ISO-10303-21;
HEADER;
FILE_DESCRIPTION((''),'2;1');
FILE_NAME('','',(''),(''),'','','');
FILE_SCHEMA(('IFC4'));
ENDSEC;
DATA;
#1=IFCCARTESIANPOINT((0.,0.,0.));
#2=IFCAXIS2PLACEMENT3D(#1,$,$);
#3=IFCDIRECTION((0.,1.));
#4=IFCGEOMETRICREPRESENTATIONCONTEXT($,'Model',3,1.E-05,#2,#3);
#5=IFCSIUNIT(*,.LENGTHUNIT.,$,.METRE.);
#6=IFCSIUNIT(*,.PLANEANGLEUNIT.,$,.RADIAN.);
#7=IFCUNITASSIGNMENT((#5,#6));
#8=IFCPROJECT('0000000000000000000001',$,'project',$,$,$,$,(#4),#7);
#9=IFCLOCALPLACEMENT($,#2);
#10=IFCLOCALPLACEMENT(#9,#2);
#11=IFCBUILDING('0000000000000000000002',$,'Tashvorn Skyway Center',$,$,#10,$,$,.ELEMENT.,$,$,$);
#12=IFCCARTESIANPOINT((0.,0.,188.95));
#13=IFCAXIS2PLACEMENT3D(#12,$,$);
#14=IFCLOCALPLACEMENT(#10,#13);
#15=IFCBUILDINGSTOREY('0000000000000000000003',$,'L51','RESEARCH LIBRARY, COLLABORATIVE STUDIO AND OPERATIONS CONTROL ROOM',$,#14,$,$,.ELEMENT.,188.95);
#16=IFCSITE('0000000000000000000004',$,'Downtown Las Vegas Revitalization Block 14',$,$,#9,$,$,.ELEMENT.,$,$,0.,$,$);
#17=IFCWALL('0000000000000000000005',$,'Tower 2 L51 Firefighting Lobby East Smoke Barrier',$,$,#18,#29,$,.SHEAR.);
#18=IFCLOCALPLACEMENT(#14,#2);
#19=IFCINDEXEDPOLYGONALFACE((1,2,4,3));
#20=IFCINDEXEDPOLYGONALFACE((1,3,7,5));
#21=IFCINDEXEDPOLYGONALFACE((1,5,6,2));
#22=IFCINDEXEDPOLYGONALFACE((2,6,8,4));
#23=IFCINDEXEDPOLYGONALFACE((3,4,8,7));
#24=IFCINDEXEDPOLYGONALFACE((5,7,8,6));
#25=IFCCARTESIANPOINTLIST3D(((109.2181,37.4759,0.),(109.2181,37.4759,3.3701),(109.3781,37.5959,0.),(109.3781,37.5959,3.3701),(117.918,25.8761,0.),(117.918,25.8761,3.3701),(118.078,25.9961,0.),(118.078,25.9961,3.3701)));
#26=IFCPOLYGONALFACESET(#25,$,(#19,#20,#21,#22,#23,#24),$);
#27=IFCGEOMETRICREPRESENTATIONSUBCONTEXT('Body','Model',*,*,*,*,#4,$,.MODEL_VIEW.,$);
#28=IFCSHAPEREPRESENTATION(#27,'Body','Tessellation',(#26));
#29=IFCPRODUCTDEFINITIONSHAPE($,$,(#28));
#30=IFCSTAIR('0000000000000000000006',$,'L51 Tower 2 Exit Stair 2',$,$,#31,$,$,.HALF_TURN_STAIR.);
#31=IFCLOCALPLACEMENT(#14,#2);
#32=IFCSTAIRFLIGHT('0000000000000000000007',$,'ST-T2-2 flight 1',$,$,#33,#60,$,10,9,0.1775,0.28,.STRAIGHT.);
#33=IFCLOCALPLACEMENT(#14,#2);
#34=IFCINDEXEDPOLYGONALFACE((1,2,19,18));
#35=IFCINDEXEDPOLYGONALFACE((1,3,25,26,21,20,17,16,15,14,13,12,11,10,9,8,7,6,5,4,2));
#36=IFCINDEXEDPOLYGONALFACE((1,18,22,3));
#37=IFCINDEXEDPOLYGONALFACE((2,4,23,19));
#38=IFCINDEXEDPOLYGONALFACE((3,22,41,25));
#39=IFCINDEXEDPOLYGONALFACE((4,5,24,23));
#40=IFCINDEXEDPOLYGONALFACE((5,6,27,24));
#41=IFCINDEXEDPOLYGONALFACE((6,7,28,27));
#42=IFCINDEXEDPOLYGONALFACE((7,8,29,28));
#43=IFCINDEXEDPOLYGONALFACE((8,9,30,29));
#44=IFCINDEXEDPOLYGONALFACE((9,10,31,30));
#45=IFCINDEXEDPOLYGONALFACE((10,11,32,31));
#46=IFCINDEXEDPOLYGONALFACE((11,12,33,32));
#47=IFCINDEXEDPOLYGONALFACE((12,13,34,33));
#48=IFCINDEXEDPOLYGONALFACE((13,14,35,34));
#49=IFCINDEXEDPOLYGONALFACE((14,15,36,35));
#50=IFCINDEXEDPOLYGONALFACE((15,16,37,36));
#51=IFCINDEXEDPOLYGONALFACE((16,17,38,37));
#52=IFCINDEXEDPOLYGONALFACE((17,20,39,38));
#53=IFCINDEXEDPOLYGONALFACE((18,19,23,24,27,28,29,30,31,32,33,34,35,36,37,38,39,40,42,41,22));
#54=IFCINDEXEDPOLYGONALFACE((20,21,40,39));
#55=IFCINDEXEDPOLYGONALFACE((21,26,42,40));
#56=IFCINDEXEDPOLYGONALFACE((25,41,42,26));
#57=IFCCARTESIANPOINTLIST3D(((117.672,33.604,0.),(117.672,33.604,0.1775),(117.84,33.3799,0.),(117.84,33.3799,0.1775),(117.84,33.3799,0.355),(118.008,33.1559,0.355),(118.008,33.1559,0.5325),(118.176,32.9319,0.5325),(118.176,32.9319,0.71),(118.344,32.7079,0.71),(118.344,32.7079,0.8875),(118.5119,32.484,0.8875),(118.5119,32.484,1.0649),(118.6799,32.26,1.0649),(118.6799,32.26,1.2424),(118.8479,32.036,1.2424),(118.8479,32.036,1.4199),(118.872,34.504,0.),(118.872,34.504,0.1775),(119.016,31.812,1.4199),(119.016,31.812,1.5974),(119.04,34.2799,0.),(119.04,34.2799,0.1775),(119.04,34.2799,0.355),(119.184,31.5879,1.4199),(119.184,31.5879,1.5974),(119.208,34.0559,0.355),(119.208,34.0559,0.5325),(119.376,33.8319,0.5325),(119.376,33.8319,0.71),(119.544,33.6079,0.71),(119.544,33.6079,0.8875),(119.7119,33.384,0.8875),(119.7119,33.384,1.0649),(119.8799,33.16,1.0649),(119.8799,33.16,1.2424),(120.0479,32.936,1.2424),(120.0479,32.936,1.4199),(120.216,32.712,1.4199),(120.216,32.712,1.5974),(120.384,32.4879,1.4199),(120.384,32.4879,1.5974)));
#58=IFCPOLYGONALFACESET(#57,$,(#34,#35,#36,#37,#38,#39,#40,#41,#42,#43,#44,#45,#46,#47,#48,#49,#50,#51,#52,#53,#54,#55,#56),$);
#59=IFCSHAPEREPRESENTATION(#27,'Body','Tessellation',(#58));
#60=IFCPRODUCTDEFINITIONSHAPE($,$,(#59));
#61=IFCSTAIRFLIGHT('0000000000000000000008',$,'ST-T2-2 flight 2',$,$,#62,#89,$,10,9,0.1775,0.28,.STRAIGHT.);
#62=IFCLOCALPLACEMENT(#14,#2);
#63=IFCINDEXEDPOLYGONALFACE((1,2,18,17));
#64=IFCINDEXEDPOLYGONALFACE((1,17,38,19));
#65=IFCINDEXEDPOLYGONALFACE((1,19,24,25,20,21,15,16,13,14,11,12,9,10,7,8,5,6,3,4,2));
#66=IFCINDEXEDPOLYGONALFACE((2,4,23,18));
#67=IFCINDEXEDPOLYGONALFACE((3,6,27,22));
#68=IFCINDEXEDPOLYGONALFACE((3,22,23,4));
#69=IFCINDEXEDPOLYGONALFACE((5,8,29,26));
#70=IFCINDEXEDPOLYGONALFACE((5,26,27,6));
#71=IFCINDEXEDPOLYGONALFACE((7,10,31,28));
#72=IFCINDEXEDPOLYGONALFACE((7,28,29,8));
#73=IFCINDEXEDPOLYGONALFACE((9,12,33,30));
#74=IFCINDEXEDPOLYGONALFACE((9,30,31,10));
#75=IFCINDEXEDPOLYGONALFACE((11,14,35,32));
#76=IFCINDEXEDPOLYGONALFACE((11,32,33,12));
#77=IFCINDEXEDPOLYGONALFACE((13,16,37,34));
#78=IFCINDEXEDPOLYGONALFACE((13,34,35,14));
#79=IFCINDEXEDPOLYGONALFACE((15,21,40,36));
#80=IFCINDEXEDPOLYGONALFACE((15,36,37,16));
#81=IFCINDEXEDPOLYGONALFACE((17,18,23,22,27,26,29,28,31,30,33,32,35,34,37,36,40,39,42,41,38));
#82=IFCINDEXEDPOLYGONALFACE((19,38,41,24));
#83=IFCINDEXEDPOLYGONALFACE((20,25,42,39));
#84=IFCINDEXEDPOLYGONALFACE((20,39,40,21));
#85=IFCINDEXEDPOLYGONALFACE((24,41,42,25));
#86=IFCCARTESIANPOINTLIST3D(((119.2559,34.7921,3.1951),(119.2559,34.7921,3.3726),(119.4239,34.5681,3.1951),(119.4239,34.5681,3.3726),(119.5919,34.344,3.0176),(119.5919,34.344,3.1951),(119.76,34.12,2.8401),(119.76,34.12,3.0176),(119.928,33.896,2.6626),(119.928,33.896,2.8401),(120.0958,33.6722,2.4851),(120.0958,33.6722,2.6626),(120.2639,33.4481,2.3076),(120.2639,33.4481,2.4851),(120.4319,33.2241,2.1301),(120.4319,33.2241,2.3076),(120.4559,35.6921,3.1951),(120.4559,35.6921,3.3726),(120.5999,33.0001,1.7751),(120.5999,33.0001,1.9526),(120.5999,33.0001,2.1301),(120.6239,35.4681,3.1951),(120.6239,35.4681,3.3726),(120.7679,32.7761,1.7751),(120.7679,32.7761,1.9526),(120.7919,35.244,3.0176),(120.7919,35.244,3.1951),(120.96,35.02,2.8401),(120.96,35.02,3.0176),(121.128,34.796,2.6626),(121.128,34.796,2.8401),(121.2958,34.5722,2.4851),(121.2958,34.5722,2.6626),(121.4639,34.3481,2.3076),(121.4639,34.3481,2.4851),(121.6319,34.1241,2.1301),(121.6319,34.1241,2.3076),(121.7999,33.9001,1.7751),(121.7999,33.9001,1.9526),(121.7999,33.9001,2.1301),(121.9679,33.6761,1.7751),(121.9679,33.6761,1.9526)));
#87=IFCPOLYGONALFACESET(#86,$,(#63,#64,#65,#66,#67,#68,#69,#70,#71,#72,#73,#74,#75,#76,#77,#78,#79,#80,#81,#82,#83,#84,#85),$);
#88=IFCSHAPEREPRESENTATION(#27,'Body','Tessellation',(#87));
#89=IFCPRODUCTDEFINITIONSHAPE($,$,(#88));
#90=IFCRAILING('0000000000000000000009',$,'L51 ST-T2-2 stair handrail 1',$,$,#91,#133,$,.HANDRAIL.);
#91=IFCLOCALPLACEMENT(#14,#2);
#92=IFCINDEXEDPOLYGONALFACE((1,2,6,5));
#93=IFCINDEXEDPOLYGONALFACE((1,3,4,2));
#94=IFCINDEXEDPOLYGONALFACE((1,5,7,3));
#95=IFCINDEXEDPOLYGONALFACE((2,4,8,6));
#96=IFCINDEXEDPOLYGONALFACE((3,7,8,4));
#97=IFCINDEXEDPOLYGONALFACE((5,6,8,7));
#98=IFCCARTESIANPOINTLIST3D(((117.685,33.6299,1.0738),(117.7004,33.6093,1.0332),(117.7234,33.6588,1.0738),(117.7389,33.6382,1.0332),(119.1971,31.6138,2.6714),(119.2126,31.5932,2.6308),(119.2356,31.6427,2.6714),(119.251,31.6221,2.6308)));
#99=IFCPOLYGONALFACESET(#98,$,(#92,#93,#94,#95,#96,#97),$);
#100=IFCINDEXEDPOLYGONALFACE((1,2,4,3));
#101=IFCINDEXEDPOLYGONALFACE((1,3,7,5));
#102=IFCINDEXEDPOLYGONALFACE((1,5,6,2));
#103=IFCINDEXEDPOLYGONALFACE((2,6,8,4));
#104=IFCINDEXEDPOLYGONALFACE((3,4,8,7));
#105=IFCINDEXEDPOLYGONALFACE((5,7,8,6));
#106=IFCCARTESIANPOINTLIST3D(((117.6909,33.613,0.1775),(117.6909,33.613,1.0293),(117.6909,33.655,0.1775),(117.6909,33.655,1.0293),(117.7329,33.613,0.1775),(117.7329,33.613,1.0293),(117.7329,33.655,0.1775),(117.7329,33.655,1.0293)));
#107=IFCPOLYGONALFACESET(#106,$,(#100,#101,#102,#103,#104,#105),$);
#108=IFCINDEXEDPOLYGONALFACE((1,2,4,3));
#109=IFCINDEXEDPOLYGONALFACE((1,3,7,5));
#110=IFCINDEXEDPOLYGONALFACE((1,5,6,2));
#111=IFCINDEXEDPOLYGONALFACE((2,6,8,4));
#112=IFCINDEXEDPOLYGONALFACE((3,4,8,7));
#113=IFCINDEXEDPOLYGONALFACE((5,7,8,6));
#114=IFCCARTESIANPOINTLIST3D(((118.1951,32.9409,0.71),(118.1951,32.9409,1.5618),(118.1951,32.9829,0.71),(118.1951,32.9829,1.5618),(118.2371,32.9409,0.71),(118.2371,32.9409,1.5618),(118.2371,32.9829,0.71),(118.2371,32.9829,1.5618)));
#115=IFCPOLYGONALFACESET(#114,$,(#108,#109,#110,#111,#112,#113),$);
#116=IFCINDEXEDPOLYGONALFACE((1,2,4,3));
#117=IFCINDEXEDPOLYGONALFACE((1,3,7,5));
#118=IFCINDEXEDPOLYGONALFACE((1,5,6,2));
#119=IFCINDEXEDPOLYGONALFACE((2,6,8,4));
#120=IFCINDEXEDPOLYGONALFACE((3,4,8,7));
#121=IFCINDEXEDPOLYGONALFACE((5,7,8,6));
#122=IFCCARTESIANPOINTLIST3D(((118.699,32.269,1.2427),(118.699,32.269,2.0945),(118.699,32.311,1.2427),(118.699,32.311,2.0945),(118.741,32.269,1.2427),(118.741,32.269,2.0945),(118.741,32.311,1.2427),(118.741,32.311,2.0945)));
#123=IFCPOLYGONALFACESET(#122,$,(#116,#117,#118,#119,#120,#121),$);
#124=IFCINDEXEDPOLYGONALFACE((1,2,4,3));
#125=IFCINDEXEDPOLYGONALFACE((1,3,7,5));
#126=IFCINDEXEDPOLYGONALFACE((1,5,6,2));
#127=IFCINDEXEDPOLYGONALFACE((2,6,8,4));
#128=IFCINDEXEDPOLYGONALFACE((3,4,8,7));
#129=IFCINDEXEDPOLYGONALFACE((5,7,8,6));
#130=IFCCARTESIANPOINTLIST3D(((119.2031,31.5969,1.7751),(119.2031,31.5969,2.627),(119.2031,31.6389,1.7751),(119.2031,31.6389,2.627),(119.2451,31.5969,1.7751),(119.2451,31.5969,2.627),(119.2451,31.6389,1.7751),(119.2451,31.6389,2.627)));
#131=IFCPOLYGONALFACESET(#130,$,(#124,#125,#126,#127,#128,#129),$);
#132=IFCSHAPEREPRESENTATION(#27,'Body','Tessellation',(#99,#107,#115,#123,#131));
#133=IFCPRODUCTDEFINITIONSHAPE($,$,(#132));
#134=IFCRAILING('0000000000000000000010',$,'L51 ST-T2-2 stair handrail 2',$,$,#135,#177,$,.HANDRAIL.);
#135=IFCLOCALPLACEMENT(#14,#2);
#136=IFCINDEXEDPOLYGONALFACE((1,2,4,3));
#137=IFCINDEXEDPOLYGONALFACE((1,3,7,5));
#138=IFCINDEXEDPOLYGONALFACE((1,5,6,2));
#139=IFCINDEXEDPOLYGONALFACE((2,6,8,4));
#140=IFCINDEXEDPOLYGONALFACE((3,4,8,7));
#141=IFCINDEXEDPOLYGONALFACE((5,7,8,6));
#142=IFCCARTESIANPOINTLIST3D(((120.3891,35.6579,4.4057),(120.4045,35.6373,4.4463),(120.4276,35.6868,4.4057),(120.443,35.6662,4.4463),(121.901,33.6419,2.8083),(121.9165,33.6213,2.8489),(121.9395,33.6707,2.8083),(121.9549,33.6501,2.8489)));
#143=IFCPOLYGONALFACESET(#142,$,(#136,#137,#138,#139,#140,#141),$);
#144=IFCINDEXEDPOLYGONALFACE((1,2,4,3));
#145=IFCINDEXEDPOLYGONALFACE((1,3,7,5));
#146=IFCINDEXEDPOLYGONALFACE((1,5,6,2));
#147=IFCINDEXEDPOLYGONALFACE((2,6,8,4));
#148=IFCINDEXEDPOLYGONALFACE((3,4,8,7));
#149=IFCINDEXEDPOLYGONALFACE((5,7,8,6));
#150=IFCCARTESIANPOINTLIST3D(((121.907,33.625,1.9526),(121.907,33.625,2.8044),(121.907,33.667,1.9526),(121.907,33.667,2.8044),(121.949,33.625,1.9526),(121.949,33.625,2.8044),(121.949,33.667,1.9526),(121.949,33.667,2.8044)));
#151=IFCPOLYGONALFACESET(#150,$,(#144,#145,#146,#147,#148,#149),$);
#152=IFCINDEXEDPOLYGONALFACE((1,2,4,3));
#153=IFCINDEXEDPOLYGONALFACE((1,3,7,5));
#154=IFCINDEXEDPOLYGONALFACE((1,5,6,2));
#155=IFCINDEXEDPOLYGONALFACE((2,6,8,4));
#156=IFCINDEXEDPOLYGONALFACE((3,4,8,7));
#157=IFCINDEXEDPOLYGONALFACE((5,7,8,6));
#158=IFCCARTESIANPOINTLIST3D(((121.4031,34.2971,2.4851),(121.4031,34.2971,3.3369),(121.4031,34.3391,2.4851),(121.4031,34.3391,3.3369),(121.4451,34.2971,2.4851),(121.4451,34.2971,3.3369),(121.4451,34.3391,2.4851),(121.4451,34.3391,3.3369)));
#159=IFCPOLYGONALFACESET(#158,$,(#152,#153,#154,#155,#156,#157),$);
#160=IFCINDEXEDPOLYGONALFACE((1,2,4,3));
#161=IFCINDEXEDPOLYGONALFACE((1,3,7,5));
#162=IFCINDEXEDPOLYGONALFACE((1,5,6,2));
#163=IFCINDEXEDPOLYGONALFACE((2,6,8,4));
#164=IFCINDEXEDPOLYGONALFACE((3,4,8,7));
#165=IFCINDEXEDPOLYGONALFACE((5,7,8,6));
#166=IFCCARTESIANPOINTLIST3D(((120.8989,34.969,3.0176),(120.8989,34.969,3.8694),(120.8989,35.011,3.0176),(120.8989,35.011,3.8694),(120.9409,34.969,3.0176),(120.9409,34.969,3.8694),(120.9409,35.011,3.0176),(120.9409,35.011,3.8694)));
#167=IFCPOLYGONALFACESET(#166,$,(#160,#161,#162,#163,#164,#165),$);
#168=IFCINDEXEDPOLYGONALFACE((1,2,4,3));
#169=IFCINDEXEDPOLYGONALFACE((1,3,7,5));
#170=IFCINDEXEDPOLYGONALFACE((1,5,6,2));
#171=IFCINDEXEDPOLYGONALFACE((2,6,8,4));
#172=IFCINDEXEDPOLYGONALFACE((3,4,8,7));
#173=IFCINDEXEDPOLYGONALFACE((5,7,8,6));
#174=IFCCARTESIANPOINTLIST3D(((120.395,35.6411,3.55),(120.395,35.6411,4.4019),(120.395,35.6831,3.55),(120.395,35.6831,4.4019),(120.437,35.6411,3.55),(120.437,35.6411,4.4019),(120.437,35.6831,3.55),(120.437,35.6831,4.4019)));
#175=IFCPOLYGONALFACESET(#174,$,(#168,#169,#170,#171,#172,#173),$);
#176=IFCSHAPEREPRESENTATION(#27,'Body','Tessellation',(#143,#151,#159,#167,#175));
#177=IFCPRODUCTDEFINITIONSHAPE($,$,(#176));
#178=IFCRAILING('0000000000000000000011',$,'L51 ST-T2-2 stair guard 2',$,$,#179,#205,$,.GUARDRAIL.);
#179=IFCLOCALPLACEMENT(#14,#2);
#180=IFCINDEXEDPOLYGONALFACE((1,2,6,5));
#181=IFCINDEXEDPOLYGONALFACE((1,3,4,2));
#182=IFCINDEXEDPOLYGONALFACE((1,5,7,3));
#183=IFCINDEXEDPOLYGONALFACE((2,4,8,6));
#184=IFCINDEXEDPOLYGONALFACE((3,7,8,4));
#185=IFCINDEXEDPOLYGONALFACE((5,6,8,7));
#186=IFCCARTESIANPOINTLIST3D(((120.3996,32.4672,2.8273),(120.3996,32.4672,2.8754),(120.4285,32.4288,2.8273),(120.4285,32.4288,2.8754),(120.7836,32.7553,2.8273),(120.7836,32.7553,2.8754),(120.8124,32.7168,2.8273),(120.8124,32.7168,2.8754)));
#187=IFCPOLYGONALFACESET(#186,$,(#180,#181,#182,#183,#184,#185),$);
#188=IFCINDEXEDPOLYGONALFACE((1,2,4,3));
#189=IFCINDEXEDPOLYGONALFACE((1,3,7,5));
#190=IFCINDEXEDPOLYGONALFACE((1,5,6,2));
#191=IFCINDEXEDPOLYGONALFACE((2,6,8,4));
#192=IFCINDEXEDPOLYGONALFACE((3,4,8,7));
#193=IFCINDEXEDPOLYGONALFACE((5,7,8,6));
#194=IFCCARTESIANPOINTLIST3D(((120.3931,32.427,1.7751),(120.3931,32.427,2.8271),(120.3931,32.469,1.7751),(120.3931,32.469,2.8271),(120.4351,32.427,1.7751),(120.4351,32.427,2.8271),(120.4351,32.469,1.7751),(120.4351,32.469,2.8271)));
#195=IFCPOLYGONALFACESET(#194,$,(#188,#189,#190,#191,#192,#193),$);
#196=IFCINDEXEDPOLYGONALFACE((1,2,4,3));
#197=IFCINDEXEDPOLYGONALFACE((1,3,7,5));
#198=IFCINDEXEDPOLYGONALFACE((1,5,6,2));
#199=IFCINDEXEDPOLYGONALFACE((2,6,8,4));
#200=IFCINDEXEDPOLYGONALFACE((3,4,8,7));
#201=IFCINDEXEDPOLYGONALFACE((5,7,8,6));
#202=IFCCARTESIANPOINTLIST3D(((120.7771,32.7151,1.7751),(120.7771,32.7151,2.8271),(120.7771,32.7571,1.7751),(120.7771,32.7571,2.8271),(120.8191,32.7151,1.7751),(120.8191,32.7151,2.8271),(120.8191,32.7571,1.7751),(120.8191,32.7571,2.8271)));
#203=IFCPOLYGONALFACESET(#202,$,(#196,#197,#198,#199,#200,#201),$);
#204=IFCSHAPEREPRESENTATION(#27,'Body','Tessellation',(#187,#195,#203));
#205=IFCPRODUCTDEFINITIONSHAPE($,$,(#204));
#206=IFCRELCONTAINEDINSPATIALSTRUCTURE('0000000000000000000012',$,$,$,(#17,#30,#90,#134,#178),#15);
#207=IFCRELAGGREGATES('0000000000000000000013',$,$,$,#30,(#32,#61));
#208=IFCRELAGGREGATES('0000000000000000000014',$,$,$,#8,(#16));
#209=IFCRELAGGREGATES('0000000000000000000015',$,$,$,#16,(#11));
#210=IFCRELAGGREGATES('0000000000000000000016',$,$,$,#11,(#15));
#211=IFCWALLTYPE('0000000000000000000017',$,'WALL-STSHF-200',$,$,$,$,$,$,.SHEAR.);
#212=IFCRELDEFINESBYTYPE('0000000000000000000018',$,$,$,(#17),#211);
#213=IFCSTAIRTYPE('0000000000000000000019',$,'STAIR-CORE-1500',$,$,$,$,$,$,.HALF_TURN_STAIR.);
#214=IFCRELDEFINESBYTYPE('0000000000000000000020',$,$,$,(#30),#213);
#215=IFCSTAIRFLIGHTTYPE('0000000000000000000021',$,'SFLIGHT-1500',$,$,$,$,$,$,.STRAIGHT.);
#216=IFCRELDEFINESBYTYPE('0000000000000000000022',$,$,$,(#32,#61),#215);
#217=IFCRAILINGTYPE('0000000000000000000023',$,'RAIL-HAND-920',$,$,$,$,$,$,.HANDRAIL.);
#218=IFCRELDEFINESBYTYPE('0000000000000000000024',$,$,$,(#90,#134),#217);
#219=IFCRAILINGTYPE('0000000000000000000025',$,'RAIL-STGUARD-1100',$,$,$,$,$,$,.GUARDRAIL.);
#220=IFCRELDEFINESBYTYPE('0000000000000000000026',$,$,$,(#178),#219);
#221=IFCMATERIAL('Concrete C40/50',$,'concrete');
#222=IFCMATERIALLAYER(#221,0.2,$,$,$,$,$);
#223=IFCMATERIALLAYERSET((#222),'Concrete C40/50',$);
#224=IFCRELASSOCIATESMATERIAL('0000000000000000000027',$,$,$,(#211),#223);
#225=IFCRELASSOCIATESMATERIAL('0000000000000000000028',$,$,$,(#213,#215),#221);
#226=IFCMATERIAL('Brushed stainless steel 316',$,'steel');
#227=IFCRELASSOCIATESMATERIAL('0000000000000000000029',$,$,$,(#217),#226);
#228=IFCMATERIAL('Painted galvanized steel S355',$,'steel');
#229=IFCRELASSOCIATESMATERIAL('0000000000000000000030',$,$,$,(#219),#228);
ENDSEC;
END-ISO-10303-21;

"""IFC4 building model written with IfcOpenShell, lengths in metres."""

from ifc_helpers import new_model, si_unit, direction, frame, frame_2d, origin, origin_2d, place, context, subcontext, project, spatial, polyline, rectangle, outline, extrude, material, layer, layer_set, type_object, element, aggregate, save


model = new_model("IFC4")

# Units and contexts
model_context = context("Model", 3, precision=1e-05, world=origin(), true_north=direction((0.0, 1.0)))
body_context = subcontext(model_context, "Body", "Model", "MODEL_VIEW")
ifc_project = project(units=[si_unit("LENGTHUNIT", "METRE"), si_unit("PLANEANGLEUNIT", "RADIAN")], contexts=[model_context])

# Site, building, storey
site_placement = place(None, origin())
site = spatial("IfcSite", under=ifc_project, at=site_placement, Name="Downtown Las Vegas Revitalization Block 14", CompositionType="ELEMENT", RefElevation=0.0)
building_placement = place(site_placement, origin())
building = spatial("IfcBuilding", under=site, at=building_placement, Name="Tashvorn Skyway Center", CompositionType="ELEMENT")
storey_placement = place(building_placement, frame((0.0, 0.0, 188.95)))
storey = spatial("IfcBuildingStorey", under=building, at=storey_placement, Name="L51", Description="RESEARCH LIBRARY, COLLABORATIVE STUDIO AND OPERATIONS CONTROL ROOM", CompositionType="ELEMENT", Elevation=188.95)

# Shared definitions
ifc_material_1 = material(Name="Concrete C40/50", Category="concrete")

# Wall
ifc_layer_1 = layer(ifc_material_1, 0.2)
ifc_layer_set_1 = layer_set([ifc_layer_1], Name="Concrete C40/50")
wall_type_1 = type_object("IfcWallType", Name="WALL-STSHF-200", PredefinedType="SHEAR", material=ifc_layer_set_1)
wall_1_placement = place(storey_placement, frame((117.998, 25.936, 0.0), z_axis=(0.0, 0.0, 1.0), x_axis=(-0.600003, 0.799998, 0.0)))
element("IfcWall", 1, at=wall_1_placement, inside=storey, type_object=wall_type_1, Name="Tower 2 L51 Firefighting Lobby East Smoke Barrier", PredefinedType="SHEAR", context=body_context, shape_type="SweptSolid", body=[
    extrude(rectangle(XDim=14.4998, YDim=0.2, at=frame_2d((7.25, 0.0))), origin(), (0.0, 0.0, 1.0), 3.3701),
])

# Stair, stair flights
stair_type = type_object("IfcStairType", Name="STAIR-CORE-1500", PredefinedType="HALF_TURN_STAIR", material=ifc_material_1)
stair_placement = place(storey_placement, origin())
stair = element("IfcStair", 2, at=stair_placement, inside=storey, type_object=stair_type, Name="L51 Tower 2 Exit Stair 2", PredefinedType="HALF_TURN_STAIR")
stair_flight_type = type_object("IfcStairFlightType", Name="SFLIGHT-1500", PredefinedType="STRAIGHT", material=ifc_material_1)
stair_flight_1_placement = place(storey_placement, frame((118.272, 34.054, 0.0), z_axis=(0.0, 0.0, 1.0), x_axis=(0.6, -0.8, 0.0)))
stair_flight_1 = element("IfcStairFlight", 3, at=stair_flight_1_placement, type_object=stair_flight_type, Name="ST-T2-2 flight 1", NumberOfRisers=10, NumberOfTreads=9, PredefinedType="STRAIGHT", RiserHeight=0.1775, TreadLength=0.28, context=body_context, shape_type="SweptSolid", body=[
    extrude(outline(polyline([(0.0, 0.0), (0.0, 0.1775), (0.28, 0.1775), (0.28, 0.355), (0.5601, 0.355), (0.5601, 0.5325), (0.8401, 0.5325), (0.8401, 0.71), (1.1201, 0.71), (1.1201, 0.8875), (1.3999, 0.8875), (1.3999, 1.0649), (1.6799, 1.0649), (1.6799, 1.2424), (1.96, 1.2424), (1.96, 1.4199), (2.24, 1.4199), (2.24, 1.5974), (2.52, 1.5974), (2.52, 1.7749), (2.52, 1.4199), (0.28, 0.0), (0.0, 0.0)])), frame((0.0, 0.75, 0.0), z_axis=(0.0, -1.0, 0.0), x_axis=(1.0, 0.0, 0.0)), (0.0, 0.0, 1.0), 1.5),
])
stair_flight_2_placement = place(storey_placement, frame((121.3679, 33.2261, 1.7751), z_axis=(0.0, 0.0, 1.0), x_axis=(-0.6, 0.8, 0.0)))
stair_flight_2 = element("IfcStairFlight", 4, at=stair_flight_2_placement, type_object=stair_flight_type, Name="ST-T2-2 flight 2", NumberOfRisers=10, NumberOfTreads=9, PredefinedType="STRAIGHT", RiserHeight=0.1775, TreadLength=0.28, context=body_context, shape_type="SweptSolid", body=[
    extrude(outline(polyline([(0.0, 0.0), (0.0, 0.1775), (0.28, 0.1775), (0.28, 0.355), (0.5601, 0.355), (0.5601, 0.5325), (0.8401, 0.5325), (0.8401, 0.71), (1.1201, 0.71), (1.1201, 0.8875), (1.3999, 0.8875), (1.3999, 1.0649), (1.6799, 1.0649), (1.6799, 1.2424), (1.96, 1.2424), (1.96, 1.4199), (2.24, 1.4199), (2.24, 1.5974), (2.52, 1.5974), (2.52, 1.7749), (2.52, 1.4199), (0.28, 0.0), (0.0, 0.0)])), frame((0.0, 0.75, 0.0), z_axis=(0.0, -1.0, 0.0), x_axis=(1.0, 0.0, 0.0)), (0.0, 0.0, 1.0), 1.5),
])
aggregate(stair, [stair_flight_1, stair_flight_2])

# Railings
ifc_material_2 = material(Name="Brushed stainless steel 316", Category="steel")
railing_type_1 = type_object("IfcRailingType", Name="RAIL-HAND-920", PredefinedType="HANDRAIL", material=ifc_material_2)
railing_1_placement = place(storey_placement, frame((117.7119, 33.634, 0.1775)))
element("IfcRailing", 5, at=railing_1_placement, inside=storey, type_object=railing_type_1, Name="L51 ST-T2-2 stair handrail 1", PredefinedType="HANDRAIL", context=body_context, shape_type="SweptSolid", body=[
    extrude(rectangle(XDim=0.0481, YDim=0.0481, at=origin_2d()), frame((0.0, 0.0, 0.876), z_axis=(0.506779, -0.675651, 0.535416), x_axis=(0.799977, 0.600031, 0.0)), (0.0, 0.0, 1.0), 2.9839),
    extrude(rectangle(XDim=0.042, YDim=0.042, at=origin_2d()), origin(), (0.0, 0.0, 1.0), 0.8518),
    extrude(rectangle(XDim=0.042, YDim=0.042, at=origin_2d()), frame((0.5042, -0.6721, 0.5325)), (0.0, 0.0, 1.0), 0.8518),
    extrude(rectangle(XDim=0.042, YDim=0.042, at=origin_2d()), frame((1.0081, -1.344, 1.0652)), (0.0, 0.0, 1.0), 0.8518),
    extrude(rectangle(XDim=0.042, YDim=0.042, at=origin_2d()), frame((1.5122, -2.0161, 1.5977)), (0.0, 0.0, 1.0), 0.8518),
])
railing_2_placement = place(storey_placement, frame((121.928, 33.646, 1.9526)))
element("IfcRailing", 6, at=railing_2_placement, inside=storey, type_object=railing_type_1, Name="L51 ST-T2-2 stair handrail 2", PredefinedType="HANDRAIL", context=body_context, shape_type="SweptSolid", body=[
    extrude(rectangle(XDim=0.0481, YDim=0.0481, at=origin_2d()), frame((0.0, 0.0, 0.876), z_axis=(-0.506741, 0.675709, 0.535379), x_axis=(-0.800023, -0.599969, 0.0)), (0.0, 0.0, 1.0), 2.9836),
    extrude(rectangle(XDim=0.042, YDim=0.042, at=origin_2d()), origin(), (0.0, 0.0, 1.0), 0.8518),
    extrude(rectangle(XDim=0.042, YDim=0.042, at=origin_2d()), frame((-0.5039, 0.6721, 0.5325)), (0.0, 0.0, 1.0), 0.8518),
    extrude(rectangle(XDim=0.042, YDim=0.042, at=origin_2d()), frame((-1.0081, 1.344, 1.0649)), (0.0, 0.0, 1.0), 0.8518),
    extrude(rectangle(XDim=0.042, YDim=0.042, at=origin_2d()), frame((-1.512, 2.0161, 1.5974)), (0.0, 0.0, 1.0), 0.8518),
])
ifc_material_3 = material(Name="Painted galvanized steel S355", Category="steel")
railing_type_2 = type_object("IfcRailingType", Name="RAIL-STGUARD-1100", PredefinedType="GUARDRAIL", material=ifc_material_3)
railing_3_placement = place(storey_placement, frame((120.4141, 32.448, 1.7751)))
element("IfcRailing", 7, at=railing_3_placement, inside=storey, type_object=railing_type_2, Name="L51 ST-T2-2 stair guard 2", PredefinedType="GUARDRAIL", context=body_context, shape_type="SweptSolid", body=[
    extrude(rectangle(XDim=0.0481, YDim=0.0481, at=origin_2d()), frame((0.0, 0.0, 1.0762), z_axis=(0.799939, 0.600081, 0.0), x_axis=(-0.600081, 0.799939, 0.0)), (0.0, 0.0, 1.0), 0.48),
    extrude(rectangle(XDim=0.042, YDim=0.042, at=origin_2d()), origin(), (0.0, 0.0, 1.0), 1.052),
    extrude(rectangle(XDim=0.042, YDim=0.042, at=origin_2d()), frame((0.384, 0.2881, 0.0)), (0.0, 0.0, 1.0), 1.052),
])

save(model, "model.ifc")
